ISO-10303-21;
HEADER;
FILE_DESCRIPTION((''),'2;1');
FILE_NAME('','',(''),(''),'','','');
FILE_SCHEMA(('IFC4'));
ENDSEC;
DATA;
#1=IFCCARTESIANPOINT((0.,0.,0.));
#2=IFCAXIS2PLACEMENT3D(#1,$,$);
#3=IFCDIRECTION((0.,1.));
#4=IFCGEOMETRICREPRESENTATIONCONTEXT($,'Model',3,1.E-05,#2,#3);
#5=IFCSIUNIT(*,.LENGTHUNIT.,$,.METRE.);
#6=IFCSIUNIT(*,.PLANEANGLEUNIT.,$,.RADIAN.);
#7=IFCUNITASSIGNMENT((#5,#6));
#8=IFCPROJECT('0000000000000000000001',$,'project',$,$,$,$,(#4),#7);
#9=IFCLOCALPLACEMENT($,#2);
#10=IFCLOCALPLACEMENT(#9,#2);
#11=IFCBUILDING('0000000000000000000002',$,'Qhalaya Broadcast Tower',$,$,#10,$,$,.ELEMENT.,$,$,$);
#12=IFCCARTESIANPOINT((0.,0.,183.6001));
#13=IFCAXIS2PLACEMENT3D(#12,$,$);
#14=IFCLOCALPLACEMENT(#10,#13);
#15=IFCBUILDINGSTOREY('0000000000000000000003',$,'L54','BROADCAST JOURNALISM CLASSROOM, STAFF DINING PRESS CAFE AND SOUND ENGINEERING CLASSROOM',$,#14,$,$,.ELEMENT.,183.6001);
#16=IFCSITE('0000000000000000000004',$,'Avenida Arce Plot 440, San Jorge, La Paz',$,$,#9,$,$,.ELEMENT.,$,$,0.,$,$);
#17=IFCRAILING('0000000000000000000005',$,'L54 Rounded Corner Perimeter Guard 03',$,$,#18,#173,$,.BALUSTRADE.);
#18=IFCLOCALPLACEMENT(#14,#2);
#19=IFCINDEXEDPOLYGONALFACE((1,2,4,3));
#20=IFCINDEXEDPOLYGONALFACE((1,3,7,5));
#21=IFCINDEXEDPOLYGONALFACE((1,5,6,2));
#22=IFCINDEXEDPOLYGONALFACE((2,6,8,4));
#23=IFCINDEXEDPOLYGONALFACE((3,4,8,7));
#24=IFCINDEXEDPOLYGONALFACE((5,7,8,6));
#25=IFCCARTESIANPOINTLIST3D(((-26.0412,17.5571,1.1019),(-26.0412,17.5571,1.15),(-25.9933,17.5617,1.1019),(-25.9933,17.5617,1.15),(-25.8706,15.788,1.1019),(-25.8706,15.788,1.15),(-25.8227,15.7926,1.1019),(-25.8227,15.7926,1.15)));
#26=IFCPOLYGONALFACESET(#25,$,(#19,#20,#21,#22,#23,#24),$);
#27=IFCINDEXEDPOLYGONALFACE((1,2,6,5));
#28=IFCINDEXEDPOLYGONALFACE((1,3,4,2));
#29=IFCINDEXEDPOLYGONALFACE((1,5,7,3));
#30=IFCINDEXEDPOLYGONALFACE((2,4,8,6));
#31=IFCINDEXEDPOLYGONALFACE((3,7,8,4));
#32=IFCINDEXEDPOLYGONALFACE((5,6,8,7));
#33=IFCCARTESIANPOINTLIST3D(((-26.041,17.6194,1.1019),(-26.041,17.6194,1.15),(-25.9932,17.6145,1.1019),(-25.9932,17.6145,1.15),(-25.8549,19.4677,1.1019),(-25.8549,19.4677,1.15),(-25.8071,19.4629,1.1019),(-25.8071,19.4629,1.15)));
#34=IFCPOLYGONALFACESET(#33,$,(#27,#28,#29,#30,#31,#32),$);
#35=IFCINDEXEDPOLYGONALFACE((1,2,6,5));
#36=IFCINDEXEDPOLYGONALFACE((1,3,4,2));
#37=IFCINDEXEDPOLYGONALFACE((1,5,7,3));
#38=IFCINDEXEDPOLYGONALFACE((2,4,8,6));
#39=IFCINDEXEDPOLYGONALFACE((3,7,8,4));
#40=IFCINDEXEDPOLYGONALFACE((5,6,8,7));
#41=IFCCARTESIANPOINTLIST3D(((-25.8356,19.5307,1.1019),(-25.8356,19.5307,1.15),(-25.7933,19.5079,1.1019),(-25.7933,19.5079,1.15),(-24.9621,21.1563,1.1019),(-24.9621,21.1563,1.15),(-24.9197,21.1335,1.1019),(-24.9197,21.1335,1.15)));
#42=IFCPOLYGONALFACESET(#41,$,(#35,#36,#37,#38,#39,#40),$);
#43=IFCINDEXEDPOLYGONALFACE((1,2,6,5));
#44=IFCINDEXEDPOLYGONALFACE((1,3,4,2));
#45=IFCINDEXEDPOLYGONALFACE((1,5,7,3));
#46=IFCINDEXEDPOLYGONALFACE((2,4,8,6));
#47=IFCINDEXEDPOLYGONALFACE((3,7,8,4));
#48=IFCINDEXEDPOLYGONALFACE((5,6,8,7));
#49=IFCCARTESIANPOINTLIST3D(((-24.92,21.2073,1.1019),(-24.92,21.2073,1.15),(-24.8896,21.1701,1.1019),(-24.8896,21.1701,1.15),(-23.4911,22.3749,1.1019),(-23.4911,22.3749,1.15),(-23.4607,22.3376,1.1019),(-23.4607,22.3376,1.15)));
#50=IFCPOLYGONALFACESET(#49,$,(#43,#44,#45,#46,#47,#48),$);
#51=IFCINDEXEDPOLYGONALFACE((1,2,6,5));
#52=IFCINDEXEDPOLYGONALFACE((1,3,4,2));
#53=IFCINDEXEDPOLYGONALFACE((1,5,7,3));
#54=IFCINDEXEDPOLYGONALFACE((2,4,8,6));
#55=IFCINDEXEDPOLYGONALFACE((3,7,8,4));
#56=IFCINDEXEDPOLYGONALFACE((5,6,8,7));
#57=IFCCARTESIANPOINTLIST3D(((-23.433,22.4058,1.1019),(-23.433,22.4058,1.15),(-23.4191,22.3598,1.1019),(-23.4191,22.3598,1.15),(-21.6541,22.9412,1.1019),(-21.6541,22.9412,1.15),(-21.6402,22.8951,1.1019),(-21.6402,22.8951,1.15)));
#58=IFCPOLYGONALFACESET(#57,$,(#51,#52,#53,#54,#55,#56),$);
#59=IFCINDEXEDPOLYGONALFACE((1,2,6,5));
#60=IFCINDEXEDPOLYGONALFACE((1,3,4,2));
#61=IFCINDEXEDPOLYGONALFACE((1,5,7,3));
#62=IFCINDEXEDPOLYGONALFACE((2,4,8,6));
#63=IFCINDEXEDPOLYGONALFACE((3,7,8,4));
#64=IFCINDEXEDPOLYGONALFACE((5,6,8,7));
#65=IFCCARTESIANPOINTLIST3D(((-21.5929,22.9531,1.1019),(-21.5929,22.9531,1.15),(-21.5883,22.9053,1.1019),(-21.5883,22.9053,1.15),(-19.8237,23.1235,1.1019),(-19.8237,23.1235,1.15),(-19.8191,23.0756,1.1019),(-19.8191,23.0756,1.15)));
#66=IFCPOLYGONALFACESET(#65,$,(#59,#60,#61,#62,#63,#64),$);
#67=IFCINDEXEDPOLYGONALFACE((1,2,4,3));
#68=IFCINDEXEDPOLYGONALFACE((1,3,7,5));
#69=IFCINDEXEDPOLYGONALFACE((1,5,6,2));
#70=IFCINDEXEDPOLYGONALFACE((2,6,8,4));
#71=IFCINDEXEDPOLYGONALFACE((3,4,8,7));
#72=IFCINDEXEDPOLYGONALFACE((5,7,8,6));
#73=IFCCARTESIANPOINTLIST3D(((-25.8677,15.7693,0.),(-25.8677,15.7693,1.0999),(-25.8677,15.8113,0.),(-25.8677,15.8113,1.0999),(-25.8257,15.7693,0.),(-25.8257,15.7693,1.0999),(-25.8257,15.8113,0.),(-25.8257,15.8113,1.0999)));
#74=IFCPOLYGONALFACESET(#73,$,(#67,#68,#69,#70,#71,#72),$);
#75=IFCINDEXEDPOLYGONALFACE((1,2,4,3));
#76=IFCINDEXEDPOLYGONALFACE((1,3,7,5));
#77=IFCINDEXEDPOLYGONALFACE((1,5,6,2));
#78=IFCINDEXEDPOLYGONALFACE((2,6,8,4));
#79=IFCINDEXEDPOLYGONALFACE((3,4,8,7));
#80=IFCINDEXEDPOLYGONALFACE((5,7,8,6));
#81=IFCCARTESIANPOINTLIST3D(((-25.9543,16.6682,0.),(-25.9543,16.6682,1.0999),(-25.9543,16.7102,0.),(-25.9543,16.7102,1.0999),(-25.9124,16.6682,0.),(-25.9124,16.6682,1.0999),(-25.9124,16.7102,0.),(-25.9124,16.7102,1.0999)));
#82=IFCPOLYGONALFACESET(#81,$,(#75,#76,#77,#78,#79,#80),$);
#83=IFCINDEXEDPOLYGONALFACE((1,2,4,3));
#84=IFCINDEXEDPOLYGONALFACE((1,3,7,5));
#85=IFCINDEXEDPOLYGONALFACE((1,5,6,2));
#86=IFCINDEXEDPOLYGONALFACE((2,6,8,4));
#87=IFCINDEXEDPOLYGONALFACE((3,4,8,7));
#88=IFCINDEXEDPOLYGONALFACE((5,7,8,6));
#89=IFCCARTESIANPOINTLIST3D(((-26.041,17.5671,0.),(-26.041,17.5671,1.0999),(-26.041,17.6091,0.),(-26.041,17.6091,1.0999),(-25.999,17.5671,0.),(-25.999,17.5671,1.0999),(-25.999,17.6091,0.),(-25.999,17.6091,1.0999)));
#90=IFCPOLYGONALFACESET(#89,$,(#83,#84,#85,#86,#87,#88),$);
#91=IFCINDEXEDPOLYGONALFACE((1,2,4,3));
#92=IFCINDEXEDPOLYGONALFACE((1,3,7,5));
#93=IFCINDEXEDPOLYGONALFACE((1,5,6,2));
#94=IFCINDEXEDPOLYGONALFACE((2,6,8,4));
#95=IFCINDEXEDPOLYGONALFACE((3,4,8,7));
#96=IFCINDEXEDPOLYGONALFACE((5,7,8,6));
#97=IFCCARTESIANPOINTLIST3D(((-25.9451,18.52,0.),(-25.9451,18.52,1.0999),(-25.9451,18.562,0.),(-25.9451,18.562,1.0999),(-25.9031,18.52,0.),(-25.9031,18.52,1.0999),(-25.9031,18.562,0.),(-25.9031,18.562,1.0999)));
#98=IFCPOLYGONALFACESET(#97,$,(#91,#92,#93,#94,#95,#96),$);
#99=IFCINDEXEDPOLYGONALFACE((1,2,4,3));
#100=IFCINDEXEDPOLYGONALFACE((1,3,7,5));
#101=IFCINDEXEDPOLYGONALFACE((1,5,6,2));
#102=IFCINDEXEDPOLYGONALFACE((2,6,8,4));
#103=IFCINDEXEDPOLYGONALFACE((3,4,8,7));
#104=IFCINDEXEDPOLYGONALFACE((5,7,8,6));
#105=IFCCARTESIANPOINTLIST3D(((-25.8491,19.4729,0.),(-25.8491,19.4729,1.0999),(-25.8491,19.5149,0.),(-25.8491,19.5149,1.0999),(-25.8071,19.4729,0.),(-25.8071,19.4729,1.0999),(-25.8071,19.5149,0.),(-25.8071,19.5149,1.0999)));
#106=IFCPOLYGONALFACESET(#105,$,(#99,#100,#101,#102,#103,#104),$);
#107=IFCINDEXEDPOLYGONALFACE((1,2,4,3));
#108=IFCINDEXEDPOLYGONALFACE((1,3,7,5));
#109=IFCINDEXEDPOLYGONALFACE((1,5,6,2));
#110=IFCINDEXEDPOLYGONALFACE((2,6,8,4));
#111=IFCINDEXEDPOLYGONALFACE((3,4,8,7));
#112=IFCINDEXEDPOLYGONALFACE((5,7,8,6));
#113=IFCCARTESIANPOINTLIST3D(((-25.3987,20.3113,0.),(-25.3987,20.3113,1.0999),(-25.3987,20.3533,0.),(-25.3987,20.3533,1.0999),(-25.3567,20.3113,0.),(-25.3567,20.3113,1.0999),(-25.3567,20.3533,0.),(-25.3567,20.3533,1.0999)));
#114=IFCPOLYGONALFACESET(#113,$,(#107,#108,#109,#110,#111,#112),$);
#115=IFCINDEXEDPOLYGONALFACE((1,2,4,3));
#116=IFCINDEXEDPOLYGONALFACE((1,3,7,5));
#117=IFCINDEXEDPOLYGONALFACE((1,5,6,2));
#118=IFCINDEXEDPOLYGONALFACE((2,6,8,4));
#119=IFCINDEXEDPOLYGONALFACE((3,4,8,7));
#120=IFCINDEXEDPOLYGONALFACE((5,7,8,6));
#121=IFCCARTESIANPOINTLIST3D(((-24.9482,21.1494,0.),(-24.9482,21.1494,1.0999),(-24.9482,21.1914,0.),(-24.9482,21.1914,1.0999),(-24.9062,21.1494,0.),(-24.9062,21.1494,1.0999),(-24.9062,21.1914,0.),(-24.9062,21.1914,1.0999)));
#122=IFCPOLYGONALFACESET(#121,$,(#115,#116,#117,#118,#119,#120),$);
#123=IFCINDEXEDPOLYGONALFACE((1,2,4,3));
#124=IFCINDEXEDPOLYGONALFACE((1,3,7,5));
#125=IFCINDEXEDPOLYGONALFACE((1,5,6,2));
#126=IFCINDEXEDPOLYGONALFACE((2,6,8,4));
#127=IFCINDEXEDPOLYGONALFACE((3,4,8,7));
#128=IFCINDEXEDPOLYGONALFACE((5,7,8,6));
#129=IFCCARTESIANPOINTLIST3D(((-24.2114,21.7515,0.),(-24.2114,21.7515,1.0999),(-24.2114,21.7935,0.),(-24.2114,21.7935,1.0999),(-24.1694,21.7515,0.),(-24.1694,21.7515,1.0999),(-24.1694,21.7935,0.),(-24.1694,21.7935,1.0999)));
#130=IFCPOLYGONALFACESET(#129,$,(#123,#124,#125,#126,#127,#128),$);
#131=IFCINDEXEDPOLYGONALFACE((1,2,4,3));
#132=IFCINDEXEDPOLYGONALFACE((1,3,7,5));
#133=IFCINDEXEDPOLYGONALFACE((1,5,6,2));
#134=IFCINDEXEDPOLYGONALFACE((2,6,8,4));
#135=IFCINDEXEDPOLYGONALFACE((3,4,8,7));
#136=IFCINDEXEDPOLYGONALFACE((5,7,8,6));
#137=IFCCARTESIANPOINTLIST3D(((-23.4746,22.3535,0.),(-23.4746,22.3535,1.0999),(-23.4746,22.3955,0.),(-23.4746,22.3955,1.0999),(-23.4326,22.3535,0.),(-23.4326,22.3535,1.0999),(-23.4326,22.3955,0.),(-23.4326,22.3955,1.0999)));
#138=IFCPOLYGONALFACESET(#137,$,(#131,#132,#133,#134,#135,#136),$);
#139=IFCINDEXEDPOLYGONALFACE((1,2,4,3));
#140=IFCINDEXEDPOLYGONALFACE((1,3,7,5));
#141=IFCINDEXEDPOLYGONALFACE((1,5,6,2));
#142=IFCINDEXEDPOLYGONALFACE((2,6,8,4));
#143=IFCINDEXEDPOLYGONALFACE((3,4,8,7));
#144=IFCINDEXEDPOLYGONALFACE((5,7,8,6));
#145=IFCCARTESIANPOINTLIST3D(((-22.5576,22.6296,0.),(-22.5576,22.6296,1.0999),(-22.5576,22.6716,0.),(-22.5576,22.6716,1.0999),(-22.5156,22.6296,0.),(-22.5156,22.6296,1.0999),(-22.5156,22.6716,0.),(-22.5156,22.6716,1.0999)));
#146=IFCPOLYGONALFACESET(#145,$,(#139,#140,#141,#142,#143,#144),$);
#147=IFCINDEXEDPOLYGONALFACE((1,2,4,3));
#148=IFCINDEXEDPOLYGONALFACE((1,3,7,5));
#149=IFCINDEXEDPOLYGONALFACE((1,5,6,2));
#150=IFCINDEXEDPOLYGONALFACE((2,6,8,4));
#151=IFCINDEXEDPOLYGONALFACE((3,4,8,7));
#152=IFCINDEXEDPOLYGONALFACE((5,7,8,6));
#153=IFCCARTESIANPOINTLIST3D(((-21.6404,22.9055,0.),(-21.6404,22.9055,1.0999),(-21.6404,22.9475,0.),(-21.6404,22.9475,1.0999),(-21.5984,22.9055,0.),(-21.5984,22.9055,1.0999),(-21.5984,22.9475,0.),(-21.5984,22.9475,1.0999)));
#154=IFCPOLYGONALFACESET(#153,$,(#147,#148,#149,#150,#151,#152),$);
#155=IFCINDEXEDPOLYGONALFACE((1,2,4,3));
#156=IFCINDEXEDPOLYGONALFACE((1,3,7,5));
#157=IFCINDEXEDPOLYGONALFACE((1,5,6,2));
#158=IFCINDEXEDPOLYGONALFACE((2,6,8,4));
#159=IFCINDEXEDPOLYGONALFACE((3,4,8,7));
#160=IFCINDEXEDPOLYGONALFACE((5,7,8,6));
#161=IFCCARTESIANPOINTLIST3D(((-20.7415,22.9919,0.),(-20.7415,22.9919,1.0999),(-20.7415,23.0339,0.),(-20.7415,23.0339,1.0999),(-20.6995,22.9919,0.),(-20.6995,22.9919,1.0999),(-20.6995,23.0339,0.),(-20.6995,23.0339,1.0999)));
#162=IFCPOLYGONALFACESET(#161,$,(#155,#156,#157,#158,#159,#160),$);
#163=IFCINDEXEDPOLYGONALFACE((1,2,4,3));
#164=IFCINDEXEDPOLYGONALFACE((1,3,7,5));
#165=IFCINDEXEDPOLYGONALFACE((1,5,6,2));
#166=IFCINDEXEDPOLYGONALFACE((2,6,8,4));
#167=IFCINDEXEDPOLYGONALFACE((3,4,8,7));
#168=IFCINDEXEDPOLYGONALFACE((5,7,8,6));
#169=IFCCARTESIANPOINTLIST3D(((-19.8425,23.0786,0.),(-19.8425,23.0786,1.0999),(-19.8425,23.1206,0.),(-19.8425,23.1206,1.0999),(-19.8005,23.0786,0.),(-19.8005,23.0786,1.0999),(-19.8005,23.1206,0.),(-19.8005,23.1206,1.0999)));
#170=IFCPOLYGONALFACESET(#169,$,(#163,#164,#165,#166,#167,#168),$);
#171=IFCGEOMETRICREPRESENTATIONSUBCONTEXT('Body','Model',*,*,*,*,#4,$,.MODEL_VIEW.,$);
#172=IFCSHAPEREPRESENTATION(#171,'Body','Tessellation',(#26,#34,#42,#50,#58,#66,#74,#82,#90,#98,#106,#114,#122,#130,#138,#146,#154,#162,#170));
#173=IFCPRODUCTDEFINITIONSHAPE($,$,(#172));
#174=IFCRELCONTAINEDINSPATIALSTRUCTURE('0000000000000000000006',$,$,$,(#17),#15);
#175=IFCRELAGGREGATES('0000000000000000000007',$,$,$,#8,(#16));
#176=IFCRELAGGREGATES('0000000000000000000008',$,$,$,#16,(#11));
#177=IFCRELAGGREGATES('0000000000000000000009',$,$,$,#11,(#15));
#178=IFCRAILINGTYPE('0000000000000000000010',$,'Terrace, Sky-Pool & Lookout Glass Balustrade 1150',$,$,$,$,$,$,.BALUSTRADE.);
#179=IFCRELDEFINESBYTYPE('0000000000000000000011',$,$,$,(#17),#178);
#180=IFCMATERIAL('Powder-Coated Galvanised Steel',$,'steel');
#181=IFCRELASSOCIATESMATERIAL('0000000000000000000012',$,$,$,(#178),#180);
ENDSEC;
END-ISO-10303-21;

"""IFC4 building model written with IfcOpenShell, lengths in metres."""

from ifc_helpers import new_model, si_unit, direction, frame, origin, origin_2d, place, context, subcontext, project, spatial, rectangle, extrude, material, type_object, element, save


model = new_model("IFC4")

# Units and contexts
model_context = context("Model", 3, precision=1e-05, world=origin(), true_north=direction((0.0, 1.0)))
body_context = subcontext(model_context, "Body", "Model", "MODEL_VIEW")
ifc_project = project(units=[si_unit("LENGTHUNIT", "METRE"), si_unit("PLANEANGLEUNIT", "RADIAN")], contexts=[model_context])

# Site, building, storey
site_placement = place(None, origin())
site = spatial("IfcSite", under=ifc_project, at=site_placement, Name="Avenida Arce Plot 440, San Jorge, La Paz", CompositionType="ELEMENT", RefElevation=0.0)
building_placement = place(site_placement, origin())
building = spatial("IfcBuilding", under=site, at=building_placement, Name="Qhalaya Broadcast Tower", CompositionType="ELEMENT")
storey_placement = place(building_placement, frame((0.0, 0.0, 183.6001)))
storey = spatial("IfcBuildingStorey", under=building, at=storey_placement, Name="L54", Description="BROADCAST JOURNALISM CLASSROOM, STAFF DINING PRESS CAFE AND SOUND ENGINEERING CLASSROOM", CompositionType="ELEMENT", Elevation=183.6001)

# Railing
ifc_material_1 = material(Name="Powder-Coated Galvanised Steel", Category="steel")
railing_type = type_object("IfcRailingType", Name="Terrace, Sky-Pool & Lookout Glass Balustrade 1150", PredefinedType="BALUSTRADE", material=ifc_material_1)
railing_placement = place(storey_placement, frame((-25.8467, 15.7903, 0.0)))
element("IfcRailing", 1, at=railing_placement, inside=storey, type_object=railing_type, Name="L54 Rounded Corner Perimeter Guard 03", PredefinedType="BALUSTRADE", context=body_context, shape_type="SweptSolid", body=[
    extrude(rectangle(XDim=0.0481, YDim=0.0481, at=origin_2d()), frame((0.0, 0.0, 1.126), z_axis=(-0.09597, 0.995384, 0.0), x_axis=(-0.995384, -0.09597, 0.0)), (0.0, 0.0, 1.0), 1.7773),
    extrude(rectangle(XDim=0.0481, YDim=0.0481, at=origin_2d()), frame((-0.1704, 1.8267, 1.126), z_axis=(0.100185, 0.994969, 0.0), x_axis=(-0.994969, 0.100185, 0.0)), (0.0, 0.0, 1.0), 1.8577),
    extrude(rectangle(XDim=0.0481, YDim=0.0481, at=origin_2d()), frame((0.0322, 3.729, 1.126), z_axis=(0.473342, 0.880879, 0.0), x_axis=(-0.880879, 0.473342, 0.0)), (0.0, 0.0, 1.0), 1.8455),
    extrude(rectangle(XDim=0.0481, YDim=0.0481, at=origin_2d()), frame((0.9419, 5.3984, 1.126), z_axis=(0.774369, 0.632735, 0.0), x_axis=(-0.632735, 0.774369, 0.0)), (0.0, 0.0, 1.0), 1.8452),
    extrude(rectangle(XDim=0.0481, YDim=0.0481, at=origin_2d()), frame((2.4207, 6.5925, 1.126), z_axis=(0.957577, 0.288178, 0.0), x_axis=(-0.288178, 0.957577, 0.0)), (0.0, 0.0, 1.0), 1.8577),
    extrude(rectangle(XDim=0.0481, YDim=0.0481, at=origin_2d()), frame((4.2561, 7.1389, 1.126), z_axis=(0.995397, 0.095836, 0.0), x_axis=(-0.095836, 0.995397, 0.0)), (0.0, 0.0, 1.0), 1.7773),
    extrude(rectangle(XDim=0.042, YDim=0.042, at=origin_2d()), origin(), (0.0, 0.0, 1.0), 1.0999),
    extrude(rectangle(XDim=0.042, YDim=0.042, at=origin_2d()), frame((-0.0867, 0.8989, 0.0)), (0.0, 0.0, 1.0), 1.0999),
    extrude(rectangle(XDim=0.042, YDim=0.042, at=origin_2d()), frame((-0.1733, 1.7979, 0.0)), (0.0, 0.0, 1.0), 1.0999),
    extrude(rectangle(XDim=0.042, YDim=0.042, at=origin_2d()), frame((-0.0774, 2.7507, 0.0)), (0.0, 0.0, 1.0), 1.0999),
    extrude(rectangle(XDim=0.042, YDim=0.042, at=origin_2d()), frame((0.0186, 3.7036, 0.0)), (0.0, 0.0, 1.0), 1.0999),
    extrude(rectangle(XDim=0.042, YDim=0.042, at=origin_2d()), frame((0.469, 4.542, 0.0)), (0.0, 0.0, 1.0), 1.0999),
    extrude(rectangle(XDim=0.042, YDim=0.042, at=origin_2d()), frame((0.9194, 5.3801, 0.0)), (0.0, 0.0, 1.0), 1.0999),
    extrude(rectangle(XDim=0.042, YDim=0.042, at=origin_2d()), frame((1.6562, 5.9822, 0.0)), (0.0, 0.0, 1.0), 1.0999),
    extrude(rectangle(XDim=0.042, YDim=0.042, at=origin_2d()), frame((2.3931, 6.5842, 0.0)), (0.0, 0.0, 1.0), 1.0999),
    extrude(rectangle(XDim=0.042, YDim=0.042, at=origin_2d()), frame((3.3101, 6.8604, 0.0)), (0.0, 0.0, 1.0), 1.0999),
    extrude(rectangle(XDim=0.042, YDim=0.042, at=origin_2d()), frame((4.2273, 7.1362, 0.0)), (0.0, 0.0, 1.0), 1.0999),
    extrude(rectangle(XDim=0.042, YDim=0.042, at=origin_2d()), frame((5.1262, 7.2227, 0.0)), (0.0, 0.0, 1.0), 1.0999),
    extrude(rectangle(XDim=0.042, YDim=0.042, at=origin_2d()), frame((6.0251, 7.3093, 0.0)), (0.0, 0.0, 1.0), 1.0999),
])

save(model, "model.ifc")
